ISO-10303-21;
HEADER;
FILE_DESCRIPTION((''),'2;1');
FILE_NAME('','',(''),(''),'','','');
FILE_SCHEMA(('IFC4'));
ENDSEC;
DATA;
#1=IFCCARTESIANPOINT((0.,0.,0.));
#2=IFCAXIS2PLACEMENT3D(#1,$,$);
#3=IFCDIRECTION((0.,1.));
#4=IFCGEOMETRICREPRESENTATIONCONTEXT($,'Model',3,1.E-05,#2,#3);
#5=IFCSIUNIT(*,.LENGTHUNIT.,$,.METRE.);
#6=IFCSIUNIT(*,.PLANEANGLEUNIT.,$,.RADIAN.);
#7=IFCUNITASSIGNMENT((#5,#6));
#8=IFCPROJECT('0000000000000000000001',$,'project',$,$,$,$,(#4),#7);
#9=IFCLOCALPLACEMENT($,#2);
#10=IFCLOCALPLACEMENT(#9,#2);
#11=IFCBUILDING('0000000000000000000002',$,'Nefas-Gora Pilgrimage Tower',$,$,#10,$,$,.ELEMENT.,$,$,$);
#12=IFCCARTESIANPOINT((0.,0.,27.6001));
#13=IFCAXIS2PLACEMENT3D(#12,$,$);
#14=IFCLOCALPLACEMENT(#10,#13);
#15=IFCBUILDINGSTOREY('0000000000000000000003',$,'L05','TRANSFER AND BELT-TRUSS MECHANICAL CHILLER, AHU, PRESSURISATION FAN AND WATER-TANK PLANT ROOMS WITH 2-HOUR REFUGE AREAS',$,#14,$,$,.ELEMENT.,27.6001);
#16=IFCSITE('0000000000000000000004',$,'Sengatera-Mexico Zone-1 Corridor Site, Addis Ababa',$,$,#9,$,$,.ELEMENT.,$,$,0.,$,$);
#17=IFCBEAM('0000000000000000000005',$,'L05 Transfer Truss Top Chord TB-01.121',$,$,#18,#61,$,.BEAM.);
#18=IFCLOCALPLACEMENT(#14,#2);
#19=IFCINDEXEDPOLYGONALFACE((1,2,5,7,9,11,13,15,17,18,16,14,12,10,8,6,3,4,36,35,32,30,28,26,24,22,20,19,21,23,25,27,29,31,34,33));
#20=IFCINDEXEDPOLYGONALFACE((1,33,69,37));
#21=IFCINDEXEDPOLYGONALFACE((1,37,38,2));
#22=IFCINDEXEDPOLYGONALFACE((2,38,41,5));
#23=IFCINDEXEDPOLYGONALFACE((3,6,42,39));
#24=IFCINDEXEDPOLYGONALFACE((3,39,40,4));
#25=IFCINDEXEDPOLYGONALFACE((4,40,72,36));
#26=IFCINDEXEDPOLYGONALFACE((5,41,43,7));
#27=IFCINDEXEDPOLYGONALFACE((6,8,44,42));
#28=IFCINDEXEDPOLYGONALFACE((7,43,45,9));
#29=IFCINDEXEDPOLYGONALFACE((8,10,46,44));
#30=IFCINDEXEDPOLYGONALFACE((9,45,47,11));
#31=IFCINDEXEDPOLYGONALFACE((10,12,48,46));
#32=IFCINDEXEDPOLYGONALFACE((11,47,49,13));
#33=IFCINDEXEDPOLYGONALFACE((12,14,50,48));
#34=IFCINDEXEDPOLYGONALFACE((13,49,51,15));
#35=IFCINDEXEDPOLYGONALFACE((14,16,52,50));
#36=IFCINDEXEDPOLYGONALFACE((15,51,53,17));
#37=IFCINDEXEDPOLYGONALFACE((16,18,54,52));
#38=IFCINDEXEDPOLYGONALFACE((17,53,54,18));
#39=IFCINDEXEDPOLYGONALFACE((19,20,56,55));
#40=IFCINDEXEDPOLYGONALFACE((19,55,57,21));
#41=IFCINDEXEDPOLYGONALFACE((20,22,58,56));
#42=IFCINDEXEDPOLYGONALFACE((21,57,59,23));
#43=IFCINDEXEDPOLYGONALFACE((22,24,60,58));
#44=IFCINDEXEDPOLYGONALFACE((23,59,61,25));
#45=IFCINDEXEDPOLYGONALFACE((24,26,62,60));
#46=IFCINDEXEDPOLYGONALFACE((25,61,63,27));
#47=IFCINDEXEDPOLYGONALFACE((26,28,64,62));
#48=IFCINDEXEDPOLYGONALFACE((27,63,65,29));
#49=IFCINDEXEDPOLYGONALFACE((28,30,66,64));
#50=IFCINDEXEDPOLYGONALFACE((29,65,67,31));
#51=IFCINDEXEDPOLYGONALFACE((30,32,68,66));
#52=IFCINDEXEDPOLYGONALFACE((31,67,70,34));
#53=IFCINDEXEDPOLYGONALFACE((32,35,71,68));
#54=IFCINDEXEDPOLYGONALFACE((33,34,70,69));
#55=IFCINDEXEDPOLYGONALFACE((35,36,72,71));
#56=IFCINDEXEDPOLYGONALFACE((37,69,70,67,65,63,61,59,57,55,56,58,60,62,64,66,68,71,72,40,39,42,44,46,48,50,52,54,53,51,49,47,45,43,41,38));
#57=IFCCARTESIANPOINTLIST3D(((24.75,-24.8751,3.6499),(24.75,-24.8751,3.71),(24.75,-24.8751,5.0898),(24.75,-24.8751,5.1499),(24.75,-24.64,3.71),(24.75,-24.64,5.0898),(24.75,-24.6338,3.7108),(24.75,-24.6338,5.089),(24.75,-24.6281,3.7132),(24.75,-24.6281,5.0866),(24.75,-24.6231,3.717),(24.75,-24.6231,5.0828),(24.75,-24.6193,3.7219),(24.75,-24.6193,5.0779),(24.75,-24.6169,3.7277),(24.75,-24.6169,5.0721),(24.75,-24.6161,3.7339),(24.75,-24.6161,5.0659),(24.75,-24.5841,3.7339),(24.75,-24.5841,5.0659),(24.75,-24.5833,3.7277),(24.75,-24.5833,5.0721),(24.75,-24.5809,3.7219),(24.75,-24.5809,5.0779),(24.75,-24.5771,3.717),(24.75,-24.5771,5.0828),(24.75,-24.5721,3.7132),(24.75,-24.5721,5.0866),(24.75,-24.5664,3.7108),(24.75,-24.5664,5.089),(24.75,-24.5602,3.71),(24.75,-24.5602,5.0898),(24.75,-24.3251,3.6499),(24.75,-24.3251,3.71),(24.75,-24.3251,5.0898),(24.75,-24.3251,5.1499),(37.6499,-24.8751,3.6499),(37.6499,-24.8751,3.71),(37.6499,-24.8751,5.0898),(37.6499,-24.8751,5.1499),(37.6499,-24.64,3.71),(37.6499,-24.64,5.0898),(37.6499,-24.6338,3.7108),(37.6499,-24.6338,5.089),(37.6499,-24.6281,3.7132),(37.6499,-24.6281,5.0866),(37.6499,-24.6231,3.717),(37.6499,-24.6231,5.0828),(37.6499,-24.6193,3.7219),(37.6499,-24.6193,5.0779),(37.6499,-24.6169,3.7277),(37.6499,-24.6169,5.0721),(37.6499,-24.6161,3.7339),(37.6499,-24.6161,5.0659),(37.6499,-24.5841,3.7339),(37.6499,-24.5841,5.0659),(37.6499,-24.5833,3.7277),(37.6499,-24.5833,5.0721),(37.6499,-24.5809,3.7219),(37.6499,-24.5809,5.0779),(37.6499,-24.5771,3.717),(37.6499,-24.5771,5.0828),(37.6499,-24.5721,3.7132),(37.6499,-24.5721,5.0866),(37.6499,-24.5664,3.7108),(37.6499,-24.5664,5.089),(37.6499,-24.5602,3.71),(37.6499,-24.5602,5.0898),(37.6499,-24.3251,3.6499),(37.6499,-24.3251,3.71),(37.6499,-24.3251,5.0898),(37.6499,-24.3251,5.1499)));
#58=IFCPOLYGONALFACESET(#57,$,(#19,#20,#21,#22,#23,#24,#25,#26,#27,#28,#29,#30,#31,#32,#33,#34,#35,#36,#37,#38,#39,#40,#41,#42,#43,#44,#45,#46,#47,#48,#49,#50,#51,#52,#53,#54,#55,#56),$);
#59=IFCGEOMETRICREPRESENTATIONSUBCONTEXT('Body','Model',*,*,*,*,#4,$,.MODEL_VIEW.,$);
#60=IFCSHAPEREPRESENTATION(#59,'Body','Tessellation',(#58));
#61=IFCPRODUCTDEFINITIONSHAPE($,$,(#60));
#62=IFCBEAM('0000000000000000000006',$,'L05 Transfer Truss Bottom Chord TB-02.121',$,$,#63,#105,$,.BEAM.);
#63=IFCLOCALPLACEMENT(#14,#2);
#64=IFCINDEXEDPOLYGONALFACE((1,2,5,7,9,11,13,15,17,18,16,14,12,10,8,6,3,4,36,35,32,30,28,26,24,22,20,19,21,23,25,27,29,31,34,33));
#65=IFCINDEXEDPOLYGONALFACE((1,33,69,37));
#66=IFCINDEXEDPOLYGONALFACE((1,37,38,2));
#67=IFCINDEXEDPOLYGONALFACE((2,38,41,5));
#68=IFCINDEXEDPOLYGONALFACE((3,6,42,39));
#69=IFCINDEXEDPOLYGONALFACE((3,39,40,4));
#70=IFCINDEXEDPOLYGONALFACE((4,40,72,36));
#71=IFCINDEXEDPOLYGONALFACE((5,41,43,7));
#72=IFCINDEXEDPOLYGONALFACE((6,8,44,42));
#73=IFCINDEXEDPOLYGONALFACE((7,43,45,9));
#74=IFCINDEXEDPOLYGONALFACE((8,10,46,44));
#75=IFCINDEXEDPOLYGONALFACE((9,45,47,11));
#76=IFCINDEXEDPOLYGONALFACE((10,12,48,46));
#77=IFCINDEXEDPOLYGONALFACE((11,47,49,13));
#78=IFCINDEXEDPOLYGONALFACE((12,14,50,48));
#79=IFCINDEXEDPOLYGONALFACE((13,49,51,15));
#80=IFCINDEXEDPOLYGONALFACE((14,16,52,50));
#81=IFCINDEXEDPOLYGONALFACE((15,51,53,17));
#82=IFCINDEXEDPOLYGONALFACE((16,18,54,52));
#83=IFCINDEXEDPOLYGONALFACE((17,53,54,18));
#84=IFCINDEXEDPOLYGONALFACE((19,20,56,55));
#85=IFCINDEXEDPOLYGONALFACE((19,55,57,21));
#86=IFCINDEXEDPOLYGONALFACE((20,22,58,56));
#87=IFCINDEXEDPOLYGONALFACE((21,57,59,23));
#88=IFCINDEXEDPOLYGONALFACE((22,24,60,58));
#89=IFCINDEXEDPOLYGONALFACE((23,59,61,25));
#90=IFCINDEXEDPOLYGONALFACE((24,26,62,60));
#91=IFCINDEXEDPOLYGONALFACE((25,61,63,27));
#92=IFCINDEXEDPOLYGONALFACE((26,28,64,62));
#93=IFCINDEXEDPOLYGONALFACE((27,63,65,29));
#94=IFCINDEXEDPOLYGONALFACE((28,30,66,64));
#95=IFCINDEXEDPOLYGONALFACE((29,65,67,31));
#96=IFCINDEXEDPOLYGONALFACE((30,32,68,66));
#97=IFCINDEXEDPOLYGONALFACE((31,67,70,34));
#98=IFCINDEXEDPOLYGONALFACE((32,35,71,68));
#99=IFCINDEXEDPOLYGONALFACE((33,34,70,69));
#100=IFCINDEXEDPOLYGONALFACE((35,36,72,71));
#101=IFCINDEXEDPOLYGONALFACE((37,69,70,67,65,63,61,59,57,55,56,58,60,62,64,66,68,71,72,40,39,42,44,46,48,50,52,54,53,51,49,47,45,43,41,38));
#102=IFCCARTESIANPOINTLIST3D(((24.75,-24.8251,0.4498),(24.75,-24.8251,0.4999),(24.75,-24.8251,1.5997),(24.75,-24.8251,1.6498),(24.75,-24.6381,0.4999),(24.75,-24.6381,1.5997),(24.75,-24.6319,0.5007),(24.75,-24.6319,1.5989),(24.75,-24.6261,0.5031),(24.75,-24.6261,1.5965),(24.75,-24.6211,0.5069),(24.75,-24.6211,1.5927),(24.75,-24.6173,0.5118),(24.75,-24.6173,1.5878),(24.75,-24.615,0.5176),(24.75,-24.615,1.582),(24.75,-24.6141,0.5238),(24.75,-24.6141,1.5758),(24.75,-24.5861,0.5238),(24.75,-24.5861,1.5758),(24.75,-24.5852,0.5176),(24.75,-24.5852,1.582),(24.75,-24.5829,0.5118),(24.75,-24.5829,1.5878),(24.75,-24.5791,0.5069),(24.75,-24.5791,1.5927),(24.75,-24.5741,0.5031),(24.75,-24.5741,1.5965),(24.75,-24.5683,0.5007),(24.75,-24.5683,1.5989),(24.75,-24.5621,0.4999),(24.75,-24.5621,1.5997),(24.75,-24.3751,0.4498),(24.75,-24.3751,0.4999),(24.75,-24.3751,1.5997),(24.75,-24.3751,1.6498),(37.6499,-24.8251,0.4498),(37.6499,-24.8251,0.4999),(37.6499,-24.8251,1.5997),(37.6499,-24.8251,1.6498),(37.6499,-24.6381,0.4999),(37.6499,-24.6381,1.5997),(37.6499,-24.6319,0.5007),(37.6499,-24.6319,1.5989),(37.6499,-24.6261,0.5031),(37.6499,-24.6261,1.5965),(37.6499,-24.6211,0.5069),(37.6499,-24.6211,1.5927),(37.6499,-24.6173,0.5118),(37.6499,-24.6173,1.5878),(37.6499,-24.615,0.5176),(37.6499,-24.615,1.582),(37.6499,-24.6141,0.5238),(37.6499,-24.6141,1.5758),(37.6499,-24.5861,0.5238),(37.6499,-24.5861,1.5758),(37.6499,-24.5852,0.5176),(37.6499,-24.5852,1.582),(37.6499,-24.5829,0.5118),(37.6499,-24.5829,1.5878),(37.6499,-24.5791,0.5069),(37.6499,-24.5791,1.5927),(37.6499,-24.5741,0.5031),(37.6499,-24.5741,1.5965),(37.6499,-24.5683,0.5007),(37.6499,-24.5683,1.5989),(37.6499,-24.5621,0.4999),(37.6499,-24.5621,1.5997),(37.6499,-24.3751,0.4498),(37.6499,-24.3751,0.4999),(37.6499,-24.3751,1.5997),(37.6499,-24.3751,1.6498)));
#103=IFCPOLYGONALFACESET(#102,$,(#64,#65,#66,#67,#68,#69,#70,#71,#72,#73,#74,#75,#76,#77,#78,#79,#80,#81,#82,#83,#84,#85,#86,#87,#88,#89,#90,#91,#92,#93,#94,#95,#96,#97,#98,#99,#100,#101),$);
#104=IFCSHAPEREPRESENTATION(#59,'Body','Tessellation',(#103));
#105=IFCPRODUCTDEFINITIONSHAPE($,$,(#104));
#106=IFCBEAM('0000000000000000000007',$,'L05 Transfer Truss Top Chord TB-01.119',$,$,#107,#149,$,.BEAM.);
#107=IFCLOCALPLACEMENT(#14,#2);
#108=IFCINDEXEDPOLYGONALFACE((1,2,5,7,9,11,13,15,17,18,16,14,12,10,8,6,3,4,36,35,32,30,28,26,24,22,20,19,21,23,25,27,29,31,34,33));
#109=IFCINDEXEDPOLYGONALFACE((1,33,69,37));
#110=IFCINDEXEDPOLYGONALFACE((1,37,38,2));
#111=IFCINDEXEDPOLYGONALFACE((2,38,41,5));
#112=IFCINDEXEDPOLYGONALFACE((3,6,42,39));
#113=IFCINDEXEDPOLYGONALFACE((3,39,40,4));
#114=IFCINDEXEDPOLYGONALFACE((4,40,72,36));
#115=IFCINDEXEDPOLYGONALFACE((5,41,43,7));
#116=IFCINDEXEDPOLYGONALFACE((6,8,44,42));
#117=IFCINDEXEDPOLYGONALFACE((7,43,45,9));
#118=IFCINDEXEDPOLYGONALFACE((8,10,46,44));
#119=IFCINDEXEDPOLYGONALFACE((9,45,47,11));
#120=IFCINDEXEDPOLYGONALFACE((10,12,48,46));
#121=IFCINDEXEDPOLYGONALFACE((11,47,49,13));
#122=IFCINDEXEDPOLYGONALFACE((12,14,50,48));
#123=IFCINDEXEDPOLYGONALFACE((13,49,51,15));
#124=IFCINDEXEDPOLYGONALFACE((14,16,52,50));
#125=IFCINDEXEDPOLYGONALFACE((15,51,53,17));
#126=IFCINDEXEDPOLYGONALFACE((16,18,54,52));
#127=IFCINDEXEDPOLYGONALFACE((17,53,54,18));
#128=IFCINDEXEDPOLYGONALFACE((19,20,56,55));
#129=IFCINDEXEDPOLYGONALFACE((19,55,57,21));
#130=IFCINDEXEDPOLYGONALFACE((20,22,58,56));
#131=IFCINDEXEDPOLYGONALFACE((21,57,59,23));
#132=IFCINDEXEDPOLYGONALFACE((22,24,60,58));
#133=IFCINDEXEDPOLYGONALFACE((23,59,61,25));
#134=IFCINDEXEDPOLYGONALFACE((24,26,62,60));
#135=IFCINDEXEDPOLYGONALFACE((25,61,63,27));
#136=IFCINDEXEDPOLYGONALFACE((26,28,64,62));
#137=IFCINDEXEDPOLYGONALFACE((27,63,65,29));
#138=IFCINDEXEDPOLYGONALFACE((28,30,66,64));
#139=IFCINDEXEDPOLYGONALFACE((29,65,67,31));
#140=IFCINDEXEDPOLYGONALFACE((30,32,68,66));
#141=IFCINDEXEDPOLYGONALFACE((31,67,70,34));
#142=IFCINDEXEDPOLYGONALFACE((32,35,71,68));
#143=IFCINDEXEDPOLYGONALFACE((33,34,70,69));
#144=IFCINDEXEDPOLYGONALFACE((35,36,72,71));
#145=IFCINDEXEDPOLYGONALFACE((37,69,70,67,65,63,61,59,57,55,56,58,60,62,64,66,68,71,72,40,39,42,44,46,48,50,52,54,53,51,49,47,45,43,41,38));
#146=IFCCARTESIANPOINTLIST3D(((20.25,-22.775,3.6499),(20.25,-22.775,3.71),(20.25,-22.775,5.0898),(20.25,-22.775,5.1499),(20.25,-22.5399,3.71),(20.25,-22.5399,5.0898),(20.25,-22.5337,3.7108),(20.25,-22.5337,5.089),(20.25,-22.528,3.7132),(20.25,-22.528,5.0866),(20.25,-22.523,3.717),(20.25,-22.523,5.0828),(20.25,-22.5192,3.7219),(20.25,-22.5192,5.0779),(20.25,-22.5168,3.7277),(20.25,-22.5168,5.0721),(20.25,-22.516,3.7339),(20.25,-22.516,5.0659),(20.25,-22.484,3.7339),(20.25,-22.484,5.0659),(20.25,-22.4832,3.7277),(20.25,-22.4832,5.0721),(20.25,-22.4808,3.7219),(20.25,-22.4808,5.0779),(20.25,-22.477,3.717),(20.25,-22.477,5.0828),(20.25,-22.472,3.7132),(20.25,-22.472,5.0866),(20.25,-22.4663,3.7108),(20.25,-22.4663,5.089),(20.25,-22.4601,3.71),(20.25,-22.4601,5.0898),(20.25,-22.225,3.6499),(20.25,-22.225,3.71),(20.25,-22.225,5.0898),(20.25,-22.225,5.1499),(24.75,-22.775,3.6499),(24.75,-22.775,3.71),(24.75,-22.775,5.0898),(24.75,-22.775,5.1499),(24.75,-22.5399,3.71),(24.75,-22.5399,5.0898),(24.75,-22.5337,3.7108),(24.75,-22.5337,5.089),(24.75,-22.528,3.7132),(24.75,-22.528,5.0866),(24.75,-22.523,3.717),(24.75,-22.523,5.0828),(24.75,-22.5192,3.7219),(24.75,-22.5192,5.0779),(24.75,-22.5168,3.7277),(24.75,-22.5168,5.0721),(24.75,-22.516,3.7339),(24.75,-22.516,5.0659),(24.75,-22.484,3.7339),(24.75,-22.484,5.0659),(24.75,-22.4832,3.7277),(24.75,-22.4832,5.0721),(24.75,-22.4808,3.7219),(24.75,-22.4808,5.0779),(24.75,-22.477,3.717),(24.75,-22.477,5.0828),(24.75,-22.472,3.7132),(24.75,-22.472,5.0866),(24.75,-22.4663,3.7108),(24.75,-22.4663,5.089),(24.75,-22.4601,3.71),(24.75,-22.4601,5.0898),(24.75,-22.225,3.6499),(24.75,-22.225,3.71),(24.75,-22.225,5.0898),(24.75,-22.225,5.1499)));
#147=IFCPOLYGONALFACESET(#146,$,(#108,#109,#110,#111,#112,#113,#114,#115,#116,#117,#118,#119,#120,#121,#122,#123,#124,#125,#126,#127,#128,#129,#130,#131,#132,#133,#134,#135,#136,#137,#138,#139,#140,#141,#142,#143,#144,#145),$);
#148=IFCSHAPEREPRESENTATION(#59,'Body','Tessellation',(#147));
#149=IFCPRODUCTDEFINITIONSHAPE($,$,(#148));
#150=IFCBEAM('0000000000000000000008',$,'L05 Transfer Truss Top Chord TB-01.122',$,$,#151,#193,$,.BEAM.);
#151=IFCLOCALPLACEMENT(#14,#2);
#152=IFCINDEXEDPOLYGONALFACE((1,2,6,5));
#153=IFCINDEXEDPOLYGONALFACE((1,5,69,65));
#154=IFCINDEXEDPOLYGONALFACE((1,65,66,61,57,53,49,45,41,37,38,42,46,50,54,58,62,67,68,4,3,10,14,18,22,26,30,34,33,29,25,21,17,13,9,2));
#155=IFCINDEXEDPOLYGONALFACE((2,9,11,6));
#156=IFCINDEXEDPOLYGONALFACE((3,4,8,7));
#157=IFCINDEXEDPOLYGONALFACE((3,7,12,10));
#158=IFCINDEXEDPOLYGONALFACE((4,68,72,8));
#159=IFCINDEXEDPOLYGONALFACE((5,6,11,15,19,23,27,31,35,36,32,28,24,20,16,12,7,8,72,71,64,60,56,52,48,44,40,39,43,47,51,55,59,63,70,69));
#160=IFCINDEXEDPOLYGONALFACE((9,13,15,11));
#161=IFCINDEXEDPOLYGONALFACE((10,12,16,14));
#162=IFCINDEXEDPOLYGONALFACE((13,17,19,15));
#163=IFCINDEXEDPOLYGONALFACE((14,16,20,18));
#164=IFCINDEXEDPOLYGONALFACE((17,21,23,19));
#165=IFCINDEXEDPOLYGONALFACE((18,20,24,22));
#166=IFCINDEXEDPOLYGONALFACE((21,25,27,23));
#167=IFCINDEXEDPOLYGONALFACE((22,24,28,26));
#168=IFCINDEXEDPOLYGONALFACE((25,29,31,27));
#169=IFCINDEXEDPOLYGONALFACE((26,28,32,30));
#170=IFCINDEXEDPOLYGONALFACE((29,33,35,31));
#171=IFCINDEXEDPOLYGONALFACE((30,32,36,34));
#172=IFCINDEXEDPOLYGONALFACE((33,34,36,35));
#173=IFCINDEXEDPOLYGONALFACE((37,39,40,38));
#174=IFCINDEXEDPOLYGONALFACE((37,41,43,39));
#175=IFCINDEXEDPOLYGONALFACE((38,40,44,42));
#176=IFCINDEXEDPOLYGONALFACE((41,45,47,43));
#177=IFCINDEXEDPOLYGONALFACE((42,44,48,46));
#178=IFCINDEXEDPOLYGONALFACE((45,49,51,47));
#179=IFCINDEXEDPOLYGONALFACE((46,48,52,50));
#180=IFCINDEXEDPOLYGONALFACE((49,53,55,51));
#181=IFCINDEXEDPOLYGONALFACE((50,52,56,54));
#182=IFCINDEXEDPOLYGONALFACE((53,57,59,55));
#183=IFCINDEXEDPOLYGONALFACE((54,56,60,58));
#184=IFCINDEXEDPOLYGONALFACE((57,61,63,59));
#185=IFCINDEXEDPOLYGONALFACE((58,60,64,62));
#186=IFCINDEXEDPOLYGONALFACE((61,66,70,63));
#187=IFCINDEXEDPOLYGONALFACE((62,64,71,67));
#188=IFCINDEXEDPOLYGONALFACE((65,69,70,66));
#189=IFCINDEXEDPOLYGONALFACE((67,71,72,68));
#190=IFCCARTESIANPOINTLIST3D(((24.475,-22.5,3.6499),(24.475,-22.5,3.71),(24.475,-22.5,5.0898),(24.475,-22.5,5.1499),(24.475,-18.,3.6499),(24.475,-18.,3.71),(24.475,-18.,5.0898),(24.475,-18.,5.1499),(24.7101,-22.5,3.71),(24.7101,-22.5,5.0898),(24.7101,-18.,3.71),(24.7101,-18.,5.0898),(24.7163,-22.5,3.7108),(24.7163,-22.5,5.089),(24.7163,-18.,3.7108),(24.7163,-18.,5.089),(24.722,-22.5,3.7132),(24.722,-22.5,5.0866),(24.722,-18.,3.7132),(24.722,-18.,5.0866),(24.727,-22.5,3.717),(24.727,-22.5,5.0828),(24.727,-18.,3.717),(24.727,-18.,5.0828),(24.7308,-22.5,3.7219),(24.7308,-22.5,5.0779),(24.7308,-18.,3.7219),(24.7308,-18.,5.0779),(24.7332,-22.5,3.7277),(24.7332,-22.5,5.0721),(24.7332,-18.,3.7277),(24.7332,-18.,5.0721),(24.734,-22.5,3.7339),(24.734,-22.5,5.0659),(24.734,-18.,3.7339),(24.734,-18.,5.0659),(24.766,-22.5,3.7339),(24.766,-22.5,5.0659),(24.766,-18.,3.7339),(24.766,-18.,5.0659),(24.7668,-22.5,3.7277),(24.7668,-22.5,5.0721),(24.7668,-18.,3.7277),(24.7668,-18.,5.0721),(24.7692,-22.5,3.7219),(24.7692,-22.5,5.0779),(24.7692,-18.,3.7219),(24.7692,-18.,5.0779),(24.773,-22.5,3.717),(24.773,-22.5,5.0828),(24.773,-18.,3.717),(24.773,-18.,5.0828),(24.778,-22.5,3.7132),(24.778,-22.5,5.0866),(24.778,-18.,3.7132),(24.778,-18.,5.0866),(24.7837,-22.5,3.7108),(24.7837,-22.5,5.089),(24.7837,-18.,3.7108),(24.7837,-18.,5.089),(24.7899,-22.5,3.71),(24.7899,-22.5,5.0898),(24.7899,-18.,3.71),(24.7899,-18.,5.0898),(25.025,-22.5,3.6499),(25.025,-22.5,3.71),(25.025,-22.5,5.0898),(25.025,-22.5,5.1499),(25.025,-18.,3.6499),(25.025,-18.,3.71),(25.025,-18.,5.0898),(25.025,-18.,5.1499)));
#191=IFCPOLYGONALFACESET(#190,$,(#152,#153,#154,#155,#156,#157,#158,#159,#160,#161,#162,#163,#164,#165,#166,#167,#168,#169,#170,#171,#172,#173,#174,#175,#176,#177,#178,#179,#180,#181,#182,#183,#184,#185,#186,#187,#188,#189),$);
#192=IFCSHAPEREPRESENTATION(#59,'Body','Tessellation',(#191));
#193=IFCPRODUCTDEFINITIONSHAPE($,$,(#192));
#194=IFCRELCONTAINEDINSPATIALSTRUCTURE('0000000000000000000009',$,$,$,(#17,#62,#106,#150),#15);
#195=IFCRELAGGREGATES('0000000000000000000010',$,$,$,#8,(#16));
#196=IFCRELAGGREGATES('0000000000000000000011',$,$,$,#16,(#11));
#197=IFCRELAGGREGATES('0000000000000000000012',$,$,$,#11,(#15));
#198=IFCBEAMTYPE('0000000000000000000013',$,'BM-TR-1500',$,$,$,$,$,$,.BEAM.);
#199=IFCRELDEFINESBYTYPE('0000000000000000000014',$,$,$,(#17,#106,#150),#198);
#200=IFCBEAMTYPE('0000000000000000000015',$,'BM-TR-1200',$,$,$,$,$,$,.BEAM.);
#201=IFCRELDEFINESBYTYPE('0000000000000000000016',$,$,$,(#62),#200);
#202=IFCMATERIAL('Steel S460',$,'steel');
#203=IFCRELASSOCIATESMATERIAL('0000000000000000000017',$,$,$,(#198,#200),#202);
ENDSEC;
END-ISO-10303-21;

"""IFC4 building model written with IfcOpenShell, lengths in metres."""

from ifc_helpers import new_model, si_unit, direction, frame, origin, origin_2d, place, context, subcontext, project, spatial, i_section, extrude, source, transform, mapped, material, material_profile, profile_set, type_object, element, save


model = new_model("IFC4")

# Units and contexts
model_context = context("Model", 3, precision=1e-05, world=origin(), true_north=direction((0.0, 1.0)))
body_context = subcontext(model_context, "Body", "Model", "MODEL_VIEW")
ifc_project = project(units=[si_unit("LENGTHUNIT", "METRE"), si_unit("PLANEANGLEUNIT", "RADIAN")], contexts=[model_context])

# Site, building, storey
site_placement = place(None, origin())
site = spatial("IfcSite", under=ifc_project, at=site_placement, Name="Sengatera-Mexico Zone-1 Corridor Site, Addis Ababa", CompositionType="ELEMENT", RefElevation=0.0)
building_placement = place(site_placement, origin())
building = spatial("IfcBuilding", under=site, at=building_placement, Name="Nefas-Gora Pilgrimage Tower", CompositionType="ELEMENT")
storey_placement = place(building_placement, frame((0.0, 0.0, 27.6001)))
storey = spatial("IfcBuildingStorey", under=building, at=storey_placement, Name="L05", Description="TRANSFER AND BELT-TRUSS MECHANICAL CHILLER, AHU, PRESSURISATION FAN AND WATER-TANK PLANT ROOMS WITH 2-HOUR REFUGE AREAS", CompositionType="ELEMENT", Elevation=27.6001)

# Shared definitions
ifc_material_1 = material(Name="Steel S460", Category="steel")

# Beams
ifc_material_profile_1 = material_profile(ifc_material_1, i_section(OverallWidth=0.55, OverallDepth=1.5, WebThickness=0.032, FlangeThickness=0.0601, FilletRadius=0.0239, at=origin_2d()), Name="WPG 1500x550x32x60")
ifc_profile_set_1 = profile_set([ifc_material_profile_1], Name="Steel S460")
beam_type_1 = type_object("IfcBeamType", Name="BM-TR-1500", PredefinedType="BEAM", material=ifc_profile_set_1)
shared_shape_1 = source(origin(), body_context, "Body", "SweptSolid", [
    extrude(i_section(OverallWidth=0.55, OverallDepth=1.5, WebThickness=0.032, FlangeThickness=0.0601, FilletRadius=0.0239, at=origin_2d()), origin(), (0.0, 0.0, 1.0), 12.8999),
])
beam_1_placement = place(storey_placement, frame((24.75, -24.6001, 4.3999), z_axis=(1.0, 0.0, 0.0), x_axis=(0.0, 1.0, 0.0)))
element("IfcBeam", 1, at=beam_1_placement, inside=storey, type_object=beam_type_1, Name="L05 Transfer Truss Top Chord TB-01.121", PredefinedType="BEAM", context=body_context, shape_type="MappedRepresentation", body=[
    mapped(shared_shape_1, transform((0.0, 0.0, 0.0), x_axis=(1.0, 0.0, 0.0), y_axis=(0.0, 1.0, 0.0), z_axis=(0.0, 0.0, 1.0), scale=1.0)),
])
ifc_material_profile_2 = material_profile(ifc_material_1, i_section(OverallWidth=0.45, OverallDepth=1.2, WebThickness=0.0281, FlangeThickness=0.05, FilletRadius=0.0239, at=origin_2d()), Name="WPG 1200x450x28x50")
ifc_profile_set_2 = profile_set([ifc_material_profile_2], Name="Steel S460")
beam_type_2 = type_object("IfcBeamType", Name="BM-TR-1200", PredefinedType="BEAM", material=ifc_profile_set_2)
shared_shape_2 = source(origin(), body_context, "Body", "SweptSolid", [
    extrude(i_section(OverallWidth=0.45, OverallDepth=1.2, WebThickness=0.0281, FlangeThickness=0.05, FilletRadius=0.0239, at=origin_2d()), origin(), (0.0, 0.0, 1.0), 12.8999),
])
beam_2_placement = place(storey_placement, frame((24.75, -24.6001, 1.0498), z_axis=(1.0, 0.0, 0.0), x_axis=(0.0, 1.0, 0.0)))
element("IfcBeam", 2, at=beam_2_placement, inside=storey, type_object=beam_type_2, Name="L05 Transfer Truss Bottom Chord TB-02.121", PredefinedType="BEAM", context=body_context, shape_type="MappedRepresentation", body=[
    mapped(shared_shape_2, transform((0.0, 0.0, 0.0), x_axis=(1.0, 0.0, 0.0), y_axis=(0.0, 1.0, 0.0), z_axis=(0.0, 0.0, 1.0), scale=1.0)),
])
shared_shape_3 = source(origin(), body_context, "Body", "SweptSolid", [
    extrude(i_section(OverallWidth=0.55, OverallDepth=1.5, WebThickness=0.032, FlangeThickness=0.0601, FilletRadius=0.0239, at=origin_2d()), origin(), (0.0, 0.0, 1.0), 4.5),
])
for number, where, z_axis, x_axis, name in (
    (3, (20.25, -22.5, 4.3999), (1.0, 0.0, 0.0), (0.0, 1.0, 0.0), "L05 Transfer Truss Top Chord TB-01.119"),
    (4, (24.75, -22.5, 4.3999), (0.0, 1.0, 0.0), (-1.0, 0.0, 0.0), "L05 Transfer Truss Top Chord TB-01.122"),
):
    element("IfcBeam", number, at=place(storey_placement, frame(where, z_axis=z_axis, x_axis=x_axis)), inside=storey, type_object=beam_type_1, Name=name, PredefinedType="BEAM", context=body_context, shape_type="MappedRepresentation", body=[
        mapped(shared_shape_3, transform((0.0, 0.0, 0.0), x_axis=(1.0, 0.0, 0.0), y_axis=(0.0, 1.0, 0.0), z_axis=(0.0, 0.0, 1.0), scale=1.0)),
    ])

save(model, "model.ifc")
